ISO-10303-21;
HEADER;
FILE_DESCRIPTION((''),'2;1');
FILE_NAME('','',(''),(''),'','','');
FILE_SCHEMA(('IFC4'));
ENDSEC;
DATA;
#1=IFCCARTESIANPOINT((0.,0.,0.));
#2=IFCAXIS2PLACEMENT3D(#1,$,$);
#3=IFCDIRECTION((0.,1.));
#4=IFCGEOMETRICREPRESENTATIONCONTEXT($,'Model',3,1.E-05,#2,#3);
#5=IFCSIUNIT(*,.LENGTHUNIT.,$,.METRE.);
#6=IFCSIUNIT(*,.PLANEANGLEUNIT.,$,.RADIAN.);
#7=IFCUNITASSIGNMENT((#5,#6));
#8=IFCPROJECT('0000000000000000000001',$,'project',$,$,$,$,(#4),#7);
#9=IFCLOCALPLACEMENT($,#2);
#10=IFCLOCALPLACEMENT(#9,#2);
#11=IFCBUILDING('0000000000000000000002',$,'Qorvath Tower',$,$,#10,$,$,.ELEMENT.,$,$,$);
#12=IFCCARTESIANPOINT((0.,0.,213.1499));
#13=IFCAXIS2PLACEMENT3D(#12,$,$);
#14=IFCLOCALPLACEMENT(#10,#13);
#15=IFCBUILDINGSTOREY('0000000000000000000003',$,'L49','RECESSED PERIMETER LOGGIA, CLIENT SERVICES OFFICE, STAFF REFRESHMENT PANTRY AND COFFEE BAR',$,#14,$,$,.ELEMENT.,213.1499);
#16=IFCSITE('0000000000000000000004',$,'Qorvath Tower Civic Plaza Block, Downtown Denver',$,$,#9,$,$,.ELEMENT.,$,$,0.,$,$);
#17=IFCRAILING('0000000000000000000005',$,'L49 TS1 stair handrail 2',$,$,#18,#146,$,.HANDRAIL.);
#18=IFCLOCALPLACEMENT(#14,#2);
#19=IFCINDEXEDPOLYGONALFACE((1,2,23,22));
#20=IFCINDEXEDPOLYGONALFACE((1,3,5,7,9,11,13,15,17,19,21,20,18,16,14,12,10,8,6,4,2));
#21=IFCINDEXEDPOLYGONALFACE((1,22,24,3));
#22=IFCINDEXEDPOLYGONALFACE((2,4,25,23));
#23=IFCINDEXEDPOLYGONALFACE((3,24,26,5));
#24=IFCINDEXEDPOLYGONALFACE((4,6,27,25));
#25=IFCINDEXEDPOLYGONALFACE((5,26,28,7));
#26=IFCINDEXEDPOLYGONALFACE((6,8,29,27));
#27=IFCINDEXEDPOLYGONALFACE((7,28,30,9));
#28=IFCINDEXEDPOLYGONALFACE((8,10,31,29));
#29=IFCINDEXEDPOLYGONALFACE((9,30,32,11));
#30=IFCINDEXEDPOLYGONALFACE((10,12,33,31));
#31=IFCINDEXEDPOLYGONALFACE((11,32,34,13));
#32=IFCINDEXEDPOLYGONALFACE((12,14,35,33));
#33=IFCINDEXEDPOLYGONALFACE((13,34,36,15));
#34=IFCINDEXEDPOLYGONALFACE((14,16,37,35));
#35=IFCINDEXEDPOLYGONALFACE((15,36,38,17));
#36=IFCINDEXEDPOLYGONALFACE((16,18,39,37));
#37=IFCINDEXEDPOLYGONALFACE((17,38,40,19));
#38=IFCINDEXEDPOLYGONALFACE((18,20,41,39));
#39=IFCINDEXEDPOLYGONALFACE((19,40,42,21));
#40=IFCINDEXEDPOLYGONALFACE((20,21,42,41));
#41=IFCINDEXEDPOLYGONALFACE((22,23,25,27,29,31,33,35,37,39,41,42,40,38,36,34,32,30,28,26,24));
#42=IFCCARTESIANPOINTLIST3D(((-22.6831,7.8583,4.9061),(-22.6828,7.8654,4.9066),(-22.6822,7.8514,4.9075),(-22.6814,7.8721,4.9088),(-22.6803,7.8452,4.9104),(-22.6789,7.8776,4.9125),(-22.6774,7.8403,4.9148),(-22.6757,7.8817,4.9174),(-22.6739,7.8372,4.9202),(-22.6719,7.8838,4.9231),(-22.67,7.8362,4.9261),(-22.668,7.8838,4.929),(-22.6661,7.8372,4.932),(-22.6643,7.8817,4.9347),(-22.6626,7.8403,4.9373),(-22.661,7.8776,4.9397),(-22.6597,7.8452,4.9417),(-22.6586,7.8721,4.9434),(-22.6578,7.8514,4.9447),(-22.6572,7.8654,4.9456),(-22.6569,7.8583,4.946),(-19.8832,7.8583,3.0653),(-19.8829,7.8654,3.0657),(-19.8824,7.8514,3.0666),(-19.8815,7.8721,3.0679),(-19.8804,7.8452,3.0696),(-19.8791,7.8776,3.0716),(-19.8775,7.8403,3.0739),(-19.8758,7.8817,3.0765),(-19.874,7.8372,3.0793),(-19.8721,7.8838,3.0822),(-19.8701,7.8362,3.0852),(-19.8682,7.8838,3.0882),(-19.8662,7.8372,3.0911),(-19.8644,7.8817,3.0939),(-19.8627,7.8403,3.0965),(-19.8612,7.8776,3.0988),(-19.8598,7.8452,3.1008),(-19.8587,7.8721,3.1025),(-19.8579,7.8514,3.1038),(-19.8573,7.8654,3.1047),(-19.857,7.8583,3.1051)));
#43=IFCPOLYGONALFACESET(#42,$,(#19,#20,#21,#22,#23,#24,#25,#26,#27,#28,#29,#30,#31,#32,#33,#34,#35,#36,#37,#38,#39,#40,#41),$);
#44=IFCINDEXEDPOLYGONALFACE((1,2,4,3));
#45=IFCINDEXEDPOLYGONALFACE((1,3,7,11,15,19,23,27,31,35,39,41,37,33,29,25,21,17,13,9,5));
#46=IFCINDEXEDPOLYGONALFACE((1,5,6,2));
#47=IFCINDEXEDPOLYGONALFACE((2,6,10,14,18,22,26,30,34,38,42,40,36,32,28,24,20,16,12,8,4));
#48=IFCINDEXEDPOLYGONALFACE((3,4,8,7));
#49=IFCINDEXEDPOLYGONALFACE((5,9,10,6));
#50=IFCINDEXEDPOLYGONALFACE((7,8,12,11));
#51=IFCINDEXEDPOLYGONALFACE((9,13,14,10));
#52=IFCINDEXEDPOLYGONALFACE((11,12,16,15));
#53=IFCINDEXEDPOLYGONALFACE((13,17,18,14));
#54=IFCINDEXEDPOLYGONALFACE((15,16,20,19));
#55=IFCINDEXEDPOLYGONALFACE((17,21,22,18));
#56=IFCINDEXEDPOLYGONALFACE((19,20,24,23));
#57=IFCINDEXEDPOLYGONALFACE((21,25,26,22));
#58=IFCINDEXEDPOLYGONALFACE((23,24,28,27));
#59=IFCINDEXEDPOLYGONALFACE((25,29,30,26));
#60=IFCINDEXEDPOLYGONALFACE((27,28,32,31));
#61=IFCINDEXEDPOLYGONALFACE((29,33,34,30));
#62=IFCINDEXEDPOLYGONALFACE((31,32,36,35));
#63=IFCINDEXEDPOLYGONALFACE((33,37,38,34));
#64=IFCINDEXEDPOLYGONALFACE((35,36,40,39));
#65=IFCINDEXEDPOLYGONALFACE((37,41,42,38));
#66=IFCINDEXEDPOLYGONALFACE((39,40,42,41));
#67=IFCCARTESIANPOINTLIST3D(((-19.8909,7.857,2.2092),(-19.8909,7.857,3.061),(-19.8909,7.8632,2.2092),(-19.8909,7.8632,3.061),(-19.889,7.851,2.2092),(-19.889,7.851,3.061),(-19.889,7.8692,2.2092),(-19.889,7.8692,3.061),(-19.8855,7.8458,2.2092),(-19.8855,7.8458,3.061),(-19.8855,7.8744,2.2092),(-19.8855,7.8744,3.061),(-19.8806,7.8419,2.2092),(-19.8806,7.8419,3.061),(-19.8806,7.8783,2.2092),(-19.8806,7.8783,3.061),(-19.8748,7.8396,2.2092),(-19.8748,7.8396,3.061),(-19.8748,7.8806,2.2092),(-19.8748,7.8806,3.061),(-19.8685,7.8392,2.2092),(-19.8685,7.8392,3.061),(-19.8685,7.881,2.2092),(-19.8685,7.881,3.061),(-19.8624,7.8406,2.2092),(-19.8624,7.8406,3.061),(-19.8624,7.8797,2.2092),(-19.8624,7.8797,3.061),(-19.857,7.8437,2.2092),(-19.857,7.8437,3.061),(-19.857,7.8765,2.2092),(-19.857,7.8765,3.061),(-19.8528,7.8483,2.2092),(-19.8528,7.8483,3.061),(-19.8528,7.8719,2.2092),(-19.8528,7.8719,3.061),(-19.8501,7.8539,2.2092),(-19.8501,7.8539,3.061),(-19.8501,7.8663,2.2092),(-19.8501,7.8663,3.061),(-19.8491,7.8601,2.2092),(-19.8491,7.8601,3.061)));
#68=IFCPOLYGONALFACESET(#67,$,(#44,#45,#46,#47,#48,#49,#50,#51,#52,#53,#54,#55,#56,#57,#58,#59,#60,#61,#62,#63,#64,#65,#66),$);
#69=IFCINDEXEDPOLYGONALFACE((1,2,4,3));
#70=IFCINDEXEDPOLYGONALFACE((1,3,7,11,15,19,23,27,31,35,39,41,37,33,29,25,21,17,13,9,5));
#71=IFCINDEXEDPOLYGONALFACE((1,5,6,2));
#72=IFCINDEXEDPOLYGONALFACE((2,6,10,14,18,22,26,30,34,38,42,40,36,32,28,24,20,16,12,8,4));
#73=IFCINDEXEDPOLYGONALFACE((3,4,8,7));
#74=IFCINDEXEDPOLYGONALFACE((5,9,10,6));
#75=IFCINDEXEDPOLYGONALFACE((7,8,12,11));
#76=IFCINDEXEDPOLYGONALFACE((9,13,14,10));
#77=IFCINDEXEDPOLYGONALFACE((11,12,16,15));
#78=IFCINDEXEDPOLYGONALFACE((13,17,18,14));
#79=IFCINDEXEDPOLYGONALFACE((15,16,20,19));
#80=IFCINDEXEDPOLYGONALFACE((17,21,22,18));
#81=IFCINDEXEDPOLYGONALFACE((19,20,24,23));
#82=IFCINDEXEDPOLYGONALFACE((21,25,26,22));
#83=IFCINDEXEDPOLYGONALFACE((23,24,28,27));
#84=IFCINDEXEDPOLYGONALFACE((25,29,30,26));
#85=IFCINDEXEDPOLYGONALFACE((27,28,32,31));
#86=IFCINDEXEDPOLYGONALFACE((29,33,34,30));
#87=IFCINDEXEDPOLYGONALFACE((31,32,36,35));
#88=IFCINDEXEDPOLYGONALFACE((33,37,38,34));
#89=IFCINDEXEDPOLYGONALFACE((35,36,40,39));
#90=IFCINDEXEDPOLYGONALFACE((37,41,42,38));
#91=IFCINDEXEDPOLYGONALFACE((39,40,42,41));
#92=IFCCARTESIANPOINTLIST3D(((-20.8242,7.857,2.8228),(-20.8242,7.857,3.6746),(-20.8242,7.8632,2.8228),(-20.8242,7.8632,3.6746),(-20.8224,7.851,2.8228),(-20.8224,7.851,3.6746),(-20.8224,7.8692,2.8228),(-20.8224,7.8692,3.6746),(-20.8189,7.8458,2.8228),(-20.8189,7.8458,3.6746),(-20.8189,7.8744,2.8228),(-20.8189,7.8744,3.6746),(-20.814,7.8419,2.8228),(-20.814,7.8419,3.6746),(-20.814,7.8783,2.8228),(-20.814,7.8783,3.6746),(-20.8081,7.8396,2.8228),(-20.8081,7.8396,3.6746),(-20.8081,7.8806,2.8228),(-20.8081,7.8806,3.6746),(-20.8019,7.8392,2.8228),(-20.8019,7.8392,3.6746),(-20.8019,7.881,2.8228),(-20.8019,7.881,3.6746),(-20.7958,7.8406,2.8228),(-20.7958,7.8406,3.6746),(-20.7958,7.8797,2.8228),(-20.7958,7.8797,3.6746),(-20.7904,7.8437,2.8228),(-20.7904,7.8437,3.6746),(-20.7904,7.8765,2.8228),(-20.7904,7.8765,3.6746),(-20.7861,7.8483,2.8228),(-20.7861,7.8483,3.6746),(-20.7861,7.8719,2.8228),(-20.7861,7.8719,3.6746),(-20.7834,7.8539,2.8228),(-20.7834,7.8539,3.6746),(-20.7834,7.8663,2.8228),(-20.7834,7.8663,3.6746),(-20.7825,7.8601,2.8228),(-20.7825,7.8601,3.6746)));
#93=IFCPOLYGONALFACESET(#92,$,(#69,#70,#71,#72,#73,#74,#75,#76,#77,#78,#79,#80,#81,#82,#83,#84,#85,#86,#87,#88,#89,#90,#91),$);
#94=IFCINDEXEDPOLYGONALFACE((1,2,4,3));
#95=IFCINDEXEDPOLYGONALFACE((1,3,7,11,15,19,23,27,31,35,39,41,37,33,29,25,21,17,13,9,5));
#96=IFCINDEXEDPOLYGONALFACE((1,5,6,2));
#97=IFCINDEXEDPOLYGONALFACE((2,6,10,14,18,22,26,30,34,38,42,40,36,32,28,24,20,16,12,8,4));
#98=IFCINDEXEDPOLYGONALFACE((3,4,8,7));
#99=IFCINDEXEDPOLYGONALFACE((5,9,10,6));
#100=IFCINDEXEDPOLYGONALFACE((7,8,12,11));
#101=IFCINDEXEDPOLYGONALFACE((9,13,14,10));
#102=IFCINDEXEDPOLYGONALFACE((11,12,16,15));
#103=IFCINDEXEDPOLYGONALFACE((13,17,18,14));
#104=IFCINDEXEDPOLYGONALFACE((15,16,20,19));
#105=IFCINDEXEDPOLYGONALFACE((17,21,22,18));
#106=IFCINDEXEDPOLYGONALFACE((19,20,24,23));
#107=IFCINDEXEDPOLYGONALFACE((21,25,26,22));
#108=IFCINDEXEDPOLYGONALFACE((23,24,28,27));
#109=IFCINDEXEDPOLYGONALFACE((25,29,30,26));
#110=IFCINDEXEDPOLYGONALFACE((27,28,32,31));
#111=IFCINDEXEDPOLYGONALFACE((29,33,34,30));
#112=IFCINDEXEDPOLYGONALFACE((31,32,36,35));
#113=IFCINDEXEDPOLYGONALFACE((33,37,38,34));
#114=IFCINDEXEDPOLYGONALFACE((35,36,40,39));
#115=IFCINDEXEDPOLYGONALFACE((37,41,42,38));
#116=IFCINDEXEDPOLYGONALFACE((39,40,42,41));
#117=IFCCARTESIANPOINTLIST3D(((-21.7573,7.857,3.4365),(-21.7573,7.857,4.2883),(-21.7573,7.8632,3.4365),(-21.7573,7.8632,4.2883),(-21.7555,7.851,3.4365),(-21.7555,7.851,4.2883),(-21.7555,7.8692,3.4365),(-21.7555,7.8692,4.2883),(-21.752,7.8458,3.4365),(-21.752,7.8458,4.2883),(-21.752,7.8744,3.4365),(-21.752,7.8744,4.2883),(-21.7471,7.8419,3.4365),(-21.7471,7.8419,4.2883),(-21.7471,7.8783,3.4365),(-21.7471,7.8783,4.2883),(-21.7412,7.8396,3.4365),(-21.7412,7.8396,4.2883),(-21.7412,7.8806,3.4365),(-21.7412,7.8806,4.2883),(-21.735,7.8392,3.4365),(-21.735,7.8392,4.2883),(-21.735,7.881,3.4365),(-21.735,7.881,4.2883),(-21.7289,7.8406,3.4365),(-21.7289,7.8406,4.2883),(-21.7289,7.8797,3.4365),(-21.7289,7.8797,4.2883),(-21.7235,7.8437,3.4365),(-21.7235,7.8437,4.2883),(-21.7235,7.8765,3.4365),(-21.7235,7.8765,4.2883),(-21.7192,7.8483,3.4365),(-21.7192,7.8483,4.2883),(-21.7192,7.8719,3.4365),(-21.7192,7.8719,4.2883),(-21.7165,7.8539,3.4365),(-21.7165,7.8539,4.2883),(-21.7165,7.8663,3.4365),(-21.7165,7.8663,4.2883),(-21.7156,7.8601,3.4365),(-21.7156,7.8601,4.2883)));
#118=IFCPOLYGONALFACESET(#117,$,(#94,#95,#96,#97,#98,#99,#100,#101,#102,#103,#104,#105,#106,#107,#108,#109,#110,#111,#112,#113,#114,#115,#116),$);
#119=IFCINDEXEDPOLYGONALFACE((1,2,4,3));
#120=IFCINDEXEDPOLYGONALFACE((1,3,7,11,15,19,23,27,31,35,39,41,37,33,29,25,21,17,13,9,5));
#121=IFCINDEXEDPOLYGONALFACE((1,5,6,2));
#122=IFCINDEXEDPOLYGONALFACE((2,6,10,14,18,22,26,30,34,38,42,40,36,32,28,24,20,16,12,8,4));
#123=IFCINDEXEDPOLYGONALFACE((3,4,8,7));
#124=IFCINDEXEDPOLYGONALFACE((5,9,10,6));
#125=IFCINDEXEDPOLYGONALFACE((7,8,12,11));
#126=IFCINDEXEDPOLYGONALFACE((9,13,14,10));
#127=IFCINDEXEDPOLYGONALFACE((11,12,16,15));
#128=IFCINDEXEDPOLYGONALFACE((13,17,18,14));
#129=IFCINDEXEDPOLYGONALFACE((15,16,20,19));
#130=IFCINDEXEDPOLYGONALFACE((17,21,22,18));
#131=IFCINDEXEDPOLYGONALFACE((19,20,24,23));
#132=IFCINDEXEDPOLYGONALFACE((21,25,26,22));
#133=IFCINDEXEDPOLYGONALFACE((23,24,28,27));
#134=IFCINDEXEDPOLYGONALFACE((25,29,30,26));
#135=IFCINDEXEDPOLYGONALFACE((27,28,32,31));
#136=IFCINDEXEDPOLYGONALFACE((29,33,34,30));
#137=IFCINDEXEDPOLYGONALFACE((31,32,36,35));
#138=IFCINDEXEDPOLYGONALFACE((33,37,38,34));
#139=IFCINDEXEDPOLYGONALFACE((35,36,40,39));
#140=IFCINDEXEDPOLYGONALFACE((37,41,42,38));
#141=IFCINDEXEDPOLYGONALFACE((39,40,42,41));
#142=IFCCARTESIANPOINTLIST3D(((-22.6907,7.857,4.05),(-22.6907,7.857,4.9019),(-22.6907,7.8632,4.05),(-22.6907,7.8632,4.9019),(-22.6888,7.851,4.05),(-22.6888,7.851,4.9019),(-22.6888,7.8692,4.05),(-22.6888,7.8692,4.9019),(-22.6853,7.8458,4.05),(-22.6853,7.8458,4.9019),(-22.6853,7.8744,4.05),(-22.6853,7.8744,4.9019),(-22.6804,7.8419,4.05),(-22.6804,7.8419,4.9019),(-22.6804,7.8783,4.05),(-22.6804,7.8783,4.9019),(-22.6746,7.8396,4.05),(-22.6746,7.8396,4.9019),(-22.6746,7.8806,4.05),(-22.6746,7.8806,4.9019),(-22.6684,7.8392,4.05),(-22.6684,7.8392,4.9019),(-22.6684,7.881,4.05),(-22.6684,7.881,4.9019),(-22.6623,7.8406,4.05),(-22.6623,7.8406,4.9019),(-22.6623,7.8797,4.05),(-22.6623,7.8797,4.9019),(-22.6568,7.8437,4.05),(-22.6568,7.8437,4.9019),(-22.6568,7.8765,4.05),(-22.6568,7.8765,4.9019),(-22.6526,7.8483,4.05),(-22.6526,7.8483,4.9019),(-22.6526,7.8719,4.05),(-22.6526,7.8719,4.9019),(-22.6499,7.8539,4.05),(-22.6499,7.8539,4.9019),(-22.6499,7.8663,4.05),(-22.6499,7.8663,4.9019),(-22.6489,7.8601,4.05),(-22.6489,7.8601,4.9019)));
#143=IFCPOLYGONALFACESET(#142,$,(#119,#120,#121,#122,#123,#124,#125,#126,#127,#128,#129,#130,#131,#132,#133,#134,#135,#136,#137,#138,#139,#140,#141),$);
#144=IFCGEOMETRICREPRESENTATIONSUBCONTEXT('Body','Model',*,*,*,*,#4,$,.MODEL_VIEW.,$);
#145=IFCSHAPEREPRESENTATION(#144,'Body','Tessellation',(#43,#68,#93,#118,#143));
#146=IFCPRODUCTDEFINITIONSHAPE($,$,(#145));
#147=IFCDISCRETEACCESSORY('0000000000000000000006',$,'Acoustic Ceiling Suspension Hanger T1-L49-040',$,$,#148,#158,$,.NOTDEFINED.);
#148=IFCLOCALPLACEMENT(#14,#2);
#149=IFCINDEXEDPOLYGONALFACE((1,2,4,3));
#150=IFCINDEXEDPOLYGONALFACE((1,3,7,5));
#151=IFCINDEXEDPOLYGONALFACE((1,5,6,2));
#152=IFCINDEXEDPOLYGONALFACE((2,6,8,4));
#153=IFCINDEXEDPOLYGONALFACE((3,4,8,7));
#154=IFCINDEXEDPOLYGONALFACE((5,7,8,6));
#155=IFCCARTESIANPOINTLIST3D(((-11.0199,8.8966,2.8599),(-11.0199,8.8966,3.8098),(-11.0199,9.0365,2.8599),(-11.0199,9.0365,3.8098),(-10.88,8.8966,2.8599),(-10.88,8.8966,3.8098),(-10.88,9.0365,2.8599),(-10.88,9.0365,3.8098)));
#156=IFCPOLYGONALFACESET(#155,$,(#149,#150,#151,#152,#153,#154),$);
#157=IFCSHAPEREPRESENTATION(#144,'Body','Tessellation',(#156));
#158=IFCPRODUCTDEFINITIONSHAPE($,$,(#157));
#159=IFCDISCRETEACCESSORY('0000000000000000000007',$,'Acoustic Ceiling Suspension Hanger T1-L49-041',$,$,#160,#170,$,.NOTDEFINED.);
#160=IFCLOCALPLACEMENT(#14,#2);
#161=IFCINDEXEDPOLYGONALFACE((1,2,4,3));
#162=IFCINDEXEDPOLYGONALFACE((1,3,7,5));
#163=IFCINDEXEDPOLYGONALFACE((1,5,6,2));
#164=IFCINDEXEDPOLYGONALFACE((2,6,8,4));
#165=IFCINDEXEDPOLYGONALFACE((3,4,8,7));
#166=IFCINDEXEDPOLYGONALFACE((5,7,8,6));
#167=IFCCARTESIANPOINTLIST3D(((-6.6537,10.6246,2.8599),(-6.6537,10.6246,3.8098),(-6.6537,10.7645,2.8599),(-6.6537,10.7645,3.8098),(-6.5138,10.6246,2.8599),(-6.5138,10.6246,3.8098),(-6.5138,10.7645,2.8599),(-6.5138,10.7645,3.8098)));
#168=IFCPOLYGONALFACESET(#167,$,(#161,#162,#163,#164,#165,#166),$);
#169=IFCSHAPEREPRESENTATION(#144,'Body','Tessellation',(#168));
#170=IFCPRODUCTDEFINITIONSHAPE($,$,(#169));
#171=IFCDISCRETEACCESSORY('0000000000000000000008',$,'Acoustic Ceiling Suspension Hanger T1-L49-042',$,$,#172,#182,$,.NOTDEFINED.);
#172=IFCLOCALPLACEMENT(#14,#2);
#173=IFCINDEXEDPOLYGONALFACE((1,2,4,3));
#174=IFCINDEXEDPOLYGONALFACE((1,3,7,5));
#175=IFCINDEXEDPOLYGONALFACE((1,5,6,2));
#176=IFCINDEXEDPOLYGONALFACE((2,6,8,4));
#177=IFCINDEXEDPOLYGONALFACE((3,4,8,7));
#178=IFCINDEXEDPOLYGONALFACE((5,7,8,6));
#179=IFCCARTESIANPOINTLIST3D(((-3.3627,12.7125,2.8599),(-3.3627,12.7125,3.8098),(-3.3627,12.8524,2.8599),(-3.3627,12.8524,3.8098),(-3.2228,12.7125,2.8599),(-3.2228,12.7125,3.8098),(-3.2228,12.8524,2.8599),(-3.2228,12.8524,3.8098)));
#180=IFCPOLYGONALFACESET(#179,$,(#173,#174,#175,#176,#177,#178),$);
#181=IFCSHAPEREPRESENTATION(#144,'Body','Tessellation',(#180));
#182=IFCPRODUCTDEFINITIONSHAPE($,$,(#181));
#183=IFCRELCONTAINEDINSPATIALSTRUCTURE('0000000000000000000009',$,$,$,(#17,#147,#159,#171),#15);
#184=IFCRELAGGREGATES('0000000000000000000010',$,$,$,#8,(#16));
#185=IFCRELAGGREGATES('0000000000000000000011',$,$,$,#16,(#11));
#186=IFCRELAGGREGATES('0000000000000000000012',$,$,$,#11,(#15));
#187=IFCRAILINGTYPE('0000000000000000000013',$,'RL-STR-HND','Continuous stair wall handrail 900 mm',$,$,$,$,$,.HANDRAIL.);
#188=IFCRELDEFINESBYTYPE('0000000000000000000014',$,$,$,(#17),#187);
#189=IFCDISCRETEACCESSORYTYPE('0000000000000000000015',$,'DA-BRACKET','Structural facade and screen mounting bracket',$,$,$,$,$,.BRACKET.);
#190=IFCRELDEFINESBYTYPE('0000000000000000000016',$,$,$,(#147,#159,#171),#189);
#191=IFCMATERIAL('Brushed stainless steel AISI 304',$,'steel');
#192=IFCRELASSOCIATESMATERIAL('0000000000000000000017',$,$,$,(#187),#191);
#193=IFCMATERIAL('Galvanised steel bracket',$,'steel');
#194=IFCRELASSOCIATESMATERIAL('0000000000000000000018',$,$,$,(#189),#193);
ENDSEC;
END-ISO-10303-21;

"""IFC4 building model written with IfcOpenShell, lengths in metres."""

from ifc_helpers import new_model, si_unit, direction, frame, origin, origin_2d, place, context, subcontext, project, spatial, rectangle, circle, extrude, material, type_object, element, save


model = new_model("IFC4")

# Units and contexts
model_context = context("Model", 3, precision=1e-05, world=origin(), true_north=direction((0.0, 1.0)))
body_context = subcontext(model_context, "Body", "Model", "MODEL_VIEW")
ifc_project = project(units=[si_unit("LENGTHUNIT", "METRE"), si_unit("PLANEANGLEUNIT", "RADIAN")], contexts=[model_context])

# Site, building, storey
site_placement = place(None, origin())
site = spatial("IfcSite", under=ifc_project, at=site_placement, Name="Qorvath Tower Civic Plaza Block, Downtown Denver", CompositionType="ELEMENT", RefElevation=0.0)
building_placement = place(site_placement, origin())
building = spatial("IfcBuilding", under=site, at=building_placement, Name="Qorvath Tower", CompositionType="ELEMENT")
storey_placement = place(building_placement, frame((0.0, 0.0, 213.1499)))
storey = spatial("IfcBuildingStorey", under=building, at=storey_placement, Name="L49", Description="RECESSED PERIMETER LOGGIA, CLIENT SERVICES OFFICE, STAFF REFRESHMENT PANTRY AND COFFEE BAR", CompositionType="ELEMENT", Elevation=213.1499)

# Railing
ifc_material_1 = material(Name="Brushed stainless steel AISI 304", Category="steel")
railing_type_1 = type_object("IfcRailingType", Name="RL-STR-HND", Description="Continuous stair wall handrail 900 mm", PredefinedType="HANDRAIL", material=ifc_material_1)
railing_1_placement = place(storey_placement, frame((-19.8701, 7.8601, 2.2092)))
element("IfcRailing", 1, at=railing_1_placement, inside=storey, type_object=railing_type_1, Name="L49 TS1 stair handrail 2", PredefinedType="HANDRAIL", context=body_context, shape_type="SweptSolid", body=[
    extrude(circle(Radius=0.0239, at=origin_2d()), frame((0.0, 0.0, 0.876), z_axis=(-0.835576, 0.0, 0.549376), x_axis=(0.0, -1.0, 0.0)), (0.0, 0.0, 1.0), 3.3508),
    extrude(circle(Radius=0.021, at=origin_2d()), origin(), (0.0, 0.0, 1.0), 0.8518),
    extrude(circle(Radius=0.021, at=origin_2d()), frame((-0.9333, 0.0, 0.6135)), (0.0, 0.0, 1.0), 0.8518),
    extrude(circle(Radius=0.021, at=origin_2d()), frame((-1.8665, 0.0, 1.2273)), (0.0, 0.0, 1.0), 0.8518),
    extrude(circle(Radius=0.021, at=origin_2d()), frame((-2.7998, 0.0, 1.8408)), (0.0, 0.0, 1.0), 0.8518),
])

# Discrete accessories
ifc_material_2 = material(Name="Galvanised steel bracket", Category="steel")
discrete_accessory_type = type_object("IfcDiscreteAccessoryType", Name="DA-BRACKET", Description="Structural facade and screen mounting bracket", PredefinedType="BRACKET", material=ifc_material_2)
for number, where, z_axis, x_axis, name in (
    (2, (-10.95, 8.9666, 2.8599), (0.0, 0.0, 1.0), (1.0, 0.0, 0.0), "Acoustic Ceiling Suspension Hanger T1-L49-040"),
    (3, (-6.5837, 10.6946, 2.8599), (0.0, 0.0, 1.0), (1.0, 0.0, 0.0), "Acoustic Ceiling Suspension Hanger T1-L49-041"),
    (4, (-3.2927, 12.7825, 2.8599), (0.0, 0.0, 1.0), (1.0, 0.0, 0.0), "Acoustic Ceiling Suspension Hanger T1-L49-042"),
):
    element("IfcDiscreteAccessory", number, at=place(storey_placement, frame(where, z_axis=z_axis, x_axis=x_axis)), inside=storey, type_object=discrete_accessory_type, Name=name, PredefinedType="NOTDEFINED", context=body_context, shape_type="SweptSolid", body=[
        extrude(rectangle(XDim=0.1399, YDim=0.1399, at=origin_2d()), origin(), (0.0, 0.0, 1.0), 0.95),
    ])

save(model, "model.ifc")
